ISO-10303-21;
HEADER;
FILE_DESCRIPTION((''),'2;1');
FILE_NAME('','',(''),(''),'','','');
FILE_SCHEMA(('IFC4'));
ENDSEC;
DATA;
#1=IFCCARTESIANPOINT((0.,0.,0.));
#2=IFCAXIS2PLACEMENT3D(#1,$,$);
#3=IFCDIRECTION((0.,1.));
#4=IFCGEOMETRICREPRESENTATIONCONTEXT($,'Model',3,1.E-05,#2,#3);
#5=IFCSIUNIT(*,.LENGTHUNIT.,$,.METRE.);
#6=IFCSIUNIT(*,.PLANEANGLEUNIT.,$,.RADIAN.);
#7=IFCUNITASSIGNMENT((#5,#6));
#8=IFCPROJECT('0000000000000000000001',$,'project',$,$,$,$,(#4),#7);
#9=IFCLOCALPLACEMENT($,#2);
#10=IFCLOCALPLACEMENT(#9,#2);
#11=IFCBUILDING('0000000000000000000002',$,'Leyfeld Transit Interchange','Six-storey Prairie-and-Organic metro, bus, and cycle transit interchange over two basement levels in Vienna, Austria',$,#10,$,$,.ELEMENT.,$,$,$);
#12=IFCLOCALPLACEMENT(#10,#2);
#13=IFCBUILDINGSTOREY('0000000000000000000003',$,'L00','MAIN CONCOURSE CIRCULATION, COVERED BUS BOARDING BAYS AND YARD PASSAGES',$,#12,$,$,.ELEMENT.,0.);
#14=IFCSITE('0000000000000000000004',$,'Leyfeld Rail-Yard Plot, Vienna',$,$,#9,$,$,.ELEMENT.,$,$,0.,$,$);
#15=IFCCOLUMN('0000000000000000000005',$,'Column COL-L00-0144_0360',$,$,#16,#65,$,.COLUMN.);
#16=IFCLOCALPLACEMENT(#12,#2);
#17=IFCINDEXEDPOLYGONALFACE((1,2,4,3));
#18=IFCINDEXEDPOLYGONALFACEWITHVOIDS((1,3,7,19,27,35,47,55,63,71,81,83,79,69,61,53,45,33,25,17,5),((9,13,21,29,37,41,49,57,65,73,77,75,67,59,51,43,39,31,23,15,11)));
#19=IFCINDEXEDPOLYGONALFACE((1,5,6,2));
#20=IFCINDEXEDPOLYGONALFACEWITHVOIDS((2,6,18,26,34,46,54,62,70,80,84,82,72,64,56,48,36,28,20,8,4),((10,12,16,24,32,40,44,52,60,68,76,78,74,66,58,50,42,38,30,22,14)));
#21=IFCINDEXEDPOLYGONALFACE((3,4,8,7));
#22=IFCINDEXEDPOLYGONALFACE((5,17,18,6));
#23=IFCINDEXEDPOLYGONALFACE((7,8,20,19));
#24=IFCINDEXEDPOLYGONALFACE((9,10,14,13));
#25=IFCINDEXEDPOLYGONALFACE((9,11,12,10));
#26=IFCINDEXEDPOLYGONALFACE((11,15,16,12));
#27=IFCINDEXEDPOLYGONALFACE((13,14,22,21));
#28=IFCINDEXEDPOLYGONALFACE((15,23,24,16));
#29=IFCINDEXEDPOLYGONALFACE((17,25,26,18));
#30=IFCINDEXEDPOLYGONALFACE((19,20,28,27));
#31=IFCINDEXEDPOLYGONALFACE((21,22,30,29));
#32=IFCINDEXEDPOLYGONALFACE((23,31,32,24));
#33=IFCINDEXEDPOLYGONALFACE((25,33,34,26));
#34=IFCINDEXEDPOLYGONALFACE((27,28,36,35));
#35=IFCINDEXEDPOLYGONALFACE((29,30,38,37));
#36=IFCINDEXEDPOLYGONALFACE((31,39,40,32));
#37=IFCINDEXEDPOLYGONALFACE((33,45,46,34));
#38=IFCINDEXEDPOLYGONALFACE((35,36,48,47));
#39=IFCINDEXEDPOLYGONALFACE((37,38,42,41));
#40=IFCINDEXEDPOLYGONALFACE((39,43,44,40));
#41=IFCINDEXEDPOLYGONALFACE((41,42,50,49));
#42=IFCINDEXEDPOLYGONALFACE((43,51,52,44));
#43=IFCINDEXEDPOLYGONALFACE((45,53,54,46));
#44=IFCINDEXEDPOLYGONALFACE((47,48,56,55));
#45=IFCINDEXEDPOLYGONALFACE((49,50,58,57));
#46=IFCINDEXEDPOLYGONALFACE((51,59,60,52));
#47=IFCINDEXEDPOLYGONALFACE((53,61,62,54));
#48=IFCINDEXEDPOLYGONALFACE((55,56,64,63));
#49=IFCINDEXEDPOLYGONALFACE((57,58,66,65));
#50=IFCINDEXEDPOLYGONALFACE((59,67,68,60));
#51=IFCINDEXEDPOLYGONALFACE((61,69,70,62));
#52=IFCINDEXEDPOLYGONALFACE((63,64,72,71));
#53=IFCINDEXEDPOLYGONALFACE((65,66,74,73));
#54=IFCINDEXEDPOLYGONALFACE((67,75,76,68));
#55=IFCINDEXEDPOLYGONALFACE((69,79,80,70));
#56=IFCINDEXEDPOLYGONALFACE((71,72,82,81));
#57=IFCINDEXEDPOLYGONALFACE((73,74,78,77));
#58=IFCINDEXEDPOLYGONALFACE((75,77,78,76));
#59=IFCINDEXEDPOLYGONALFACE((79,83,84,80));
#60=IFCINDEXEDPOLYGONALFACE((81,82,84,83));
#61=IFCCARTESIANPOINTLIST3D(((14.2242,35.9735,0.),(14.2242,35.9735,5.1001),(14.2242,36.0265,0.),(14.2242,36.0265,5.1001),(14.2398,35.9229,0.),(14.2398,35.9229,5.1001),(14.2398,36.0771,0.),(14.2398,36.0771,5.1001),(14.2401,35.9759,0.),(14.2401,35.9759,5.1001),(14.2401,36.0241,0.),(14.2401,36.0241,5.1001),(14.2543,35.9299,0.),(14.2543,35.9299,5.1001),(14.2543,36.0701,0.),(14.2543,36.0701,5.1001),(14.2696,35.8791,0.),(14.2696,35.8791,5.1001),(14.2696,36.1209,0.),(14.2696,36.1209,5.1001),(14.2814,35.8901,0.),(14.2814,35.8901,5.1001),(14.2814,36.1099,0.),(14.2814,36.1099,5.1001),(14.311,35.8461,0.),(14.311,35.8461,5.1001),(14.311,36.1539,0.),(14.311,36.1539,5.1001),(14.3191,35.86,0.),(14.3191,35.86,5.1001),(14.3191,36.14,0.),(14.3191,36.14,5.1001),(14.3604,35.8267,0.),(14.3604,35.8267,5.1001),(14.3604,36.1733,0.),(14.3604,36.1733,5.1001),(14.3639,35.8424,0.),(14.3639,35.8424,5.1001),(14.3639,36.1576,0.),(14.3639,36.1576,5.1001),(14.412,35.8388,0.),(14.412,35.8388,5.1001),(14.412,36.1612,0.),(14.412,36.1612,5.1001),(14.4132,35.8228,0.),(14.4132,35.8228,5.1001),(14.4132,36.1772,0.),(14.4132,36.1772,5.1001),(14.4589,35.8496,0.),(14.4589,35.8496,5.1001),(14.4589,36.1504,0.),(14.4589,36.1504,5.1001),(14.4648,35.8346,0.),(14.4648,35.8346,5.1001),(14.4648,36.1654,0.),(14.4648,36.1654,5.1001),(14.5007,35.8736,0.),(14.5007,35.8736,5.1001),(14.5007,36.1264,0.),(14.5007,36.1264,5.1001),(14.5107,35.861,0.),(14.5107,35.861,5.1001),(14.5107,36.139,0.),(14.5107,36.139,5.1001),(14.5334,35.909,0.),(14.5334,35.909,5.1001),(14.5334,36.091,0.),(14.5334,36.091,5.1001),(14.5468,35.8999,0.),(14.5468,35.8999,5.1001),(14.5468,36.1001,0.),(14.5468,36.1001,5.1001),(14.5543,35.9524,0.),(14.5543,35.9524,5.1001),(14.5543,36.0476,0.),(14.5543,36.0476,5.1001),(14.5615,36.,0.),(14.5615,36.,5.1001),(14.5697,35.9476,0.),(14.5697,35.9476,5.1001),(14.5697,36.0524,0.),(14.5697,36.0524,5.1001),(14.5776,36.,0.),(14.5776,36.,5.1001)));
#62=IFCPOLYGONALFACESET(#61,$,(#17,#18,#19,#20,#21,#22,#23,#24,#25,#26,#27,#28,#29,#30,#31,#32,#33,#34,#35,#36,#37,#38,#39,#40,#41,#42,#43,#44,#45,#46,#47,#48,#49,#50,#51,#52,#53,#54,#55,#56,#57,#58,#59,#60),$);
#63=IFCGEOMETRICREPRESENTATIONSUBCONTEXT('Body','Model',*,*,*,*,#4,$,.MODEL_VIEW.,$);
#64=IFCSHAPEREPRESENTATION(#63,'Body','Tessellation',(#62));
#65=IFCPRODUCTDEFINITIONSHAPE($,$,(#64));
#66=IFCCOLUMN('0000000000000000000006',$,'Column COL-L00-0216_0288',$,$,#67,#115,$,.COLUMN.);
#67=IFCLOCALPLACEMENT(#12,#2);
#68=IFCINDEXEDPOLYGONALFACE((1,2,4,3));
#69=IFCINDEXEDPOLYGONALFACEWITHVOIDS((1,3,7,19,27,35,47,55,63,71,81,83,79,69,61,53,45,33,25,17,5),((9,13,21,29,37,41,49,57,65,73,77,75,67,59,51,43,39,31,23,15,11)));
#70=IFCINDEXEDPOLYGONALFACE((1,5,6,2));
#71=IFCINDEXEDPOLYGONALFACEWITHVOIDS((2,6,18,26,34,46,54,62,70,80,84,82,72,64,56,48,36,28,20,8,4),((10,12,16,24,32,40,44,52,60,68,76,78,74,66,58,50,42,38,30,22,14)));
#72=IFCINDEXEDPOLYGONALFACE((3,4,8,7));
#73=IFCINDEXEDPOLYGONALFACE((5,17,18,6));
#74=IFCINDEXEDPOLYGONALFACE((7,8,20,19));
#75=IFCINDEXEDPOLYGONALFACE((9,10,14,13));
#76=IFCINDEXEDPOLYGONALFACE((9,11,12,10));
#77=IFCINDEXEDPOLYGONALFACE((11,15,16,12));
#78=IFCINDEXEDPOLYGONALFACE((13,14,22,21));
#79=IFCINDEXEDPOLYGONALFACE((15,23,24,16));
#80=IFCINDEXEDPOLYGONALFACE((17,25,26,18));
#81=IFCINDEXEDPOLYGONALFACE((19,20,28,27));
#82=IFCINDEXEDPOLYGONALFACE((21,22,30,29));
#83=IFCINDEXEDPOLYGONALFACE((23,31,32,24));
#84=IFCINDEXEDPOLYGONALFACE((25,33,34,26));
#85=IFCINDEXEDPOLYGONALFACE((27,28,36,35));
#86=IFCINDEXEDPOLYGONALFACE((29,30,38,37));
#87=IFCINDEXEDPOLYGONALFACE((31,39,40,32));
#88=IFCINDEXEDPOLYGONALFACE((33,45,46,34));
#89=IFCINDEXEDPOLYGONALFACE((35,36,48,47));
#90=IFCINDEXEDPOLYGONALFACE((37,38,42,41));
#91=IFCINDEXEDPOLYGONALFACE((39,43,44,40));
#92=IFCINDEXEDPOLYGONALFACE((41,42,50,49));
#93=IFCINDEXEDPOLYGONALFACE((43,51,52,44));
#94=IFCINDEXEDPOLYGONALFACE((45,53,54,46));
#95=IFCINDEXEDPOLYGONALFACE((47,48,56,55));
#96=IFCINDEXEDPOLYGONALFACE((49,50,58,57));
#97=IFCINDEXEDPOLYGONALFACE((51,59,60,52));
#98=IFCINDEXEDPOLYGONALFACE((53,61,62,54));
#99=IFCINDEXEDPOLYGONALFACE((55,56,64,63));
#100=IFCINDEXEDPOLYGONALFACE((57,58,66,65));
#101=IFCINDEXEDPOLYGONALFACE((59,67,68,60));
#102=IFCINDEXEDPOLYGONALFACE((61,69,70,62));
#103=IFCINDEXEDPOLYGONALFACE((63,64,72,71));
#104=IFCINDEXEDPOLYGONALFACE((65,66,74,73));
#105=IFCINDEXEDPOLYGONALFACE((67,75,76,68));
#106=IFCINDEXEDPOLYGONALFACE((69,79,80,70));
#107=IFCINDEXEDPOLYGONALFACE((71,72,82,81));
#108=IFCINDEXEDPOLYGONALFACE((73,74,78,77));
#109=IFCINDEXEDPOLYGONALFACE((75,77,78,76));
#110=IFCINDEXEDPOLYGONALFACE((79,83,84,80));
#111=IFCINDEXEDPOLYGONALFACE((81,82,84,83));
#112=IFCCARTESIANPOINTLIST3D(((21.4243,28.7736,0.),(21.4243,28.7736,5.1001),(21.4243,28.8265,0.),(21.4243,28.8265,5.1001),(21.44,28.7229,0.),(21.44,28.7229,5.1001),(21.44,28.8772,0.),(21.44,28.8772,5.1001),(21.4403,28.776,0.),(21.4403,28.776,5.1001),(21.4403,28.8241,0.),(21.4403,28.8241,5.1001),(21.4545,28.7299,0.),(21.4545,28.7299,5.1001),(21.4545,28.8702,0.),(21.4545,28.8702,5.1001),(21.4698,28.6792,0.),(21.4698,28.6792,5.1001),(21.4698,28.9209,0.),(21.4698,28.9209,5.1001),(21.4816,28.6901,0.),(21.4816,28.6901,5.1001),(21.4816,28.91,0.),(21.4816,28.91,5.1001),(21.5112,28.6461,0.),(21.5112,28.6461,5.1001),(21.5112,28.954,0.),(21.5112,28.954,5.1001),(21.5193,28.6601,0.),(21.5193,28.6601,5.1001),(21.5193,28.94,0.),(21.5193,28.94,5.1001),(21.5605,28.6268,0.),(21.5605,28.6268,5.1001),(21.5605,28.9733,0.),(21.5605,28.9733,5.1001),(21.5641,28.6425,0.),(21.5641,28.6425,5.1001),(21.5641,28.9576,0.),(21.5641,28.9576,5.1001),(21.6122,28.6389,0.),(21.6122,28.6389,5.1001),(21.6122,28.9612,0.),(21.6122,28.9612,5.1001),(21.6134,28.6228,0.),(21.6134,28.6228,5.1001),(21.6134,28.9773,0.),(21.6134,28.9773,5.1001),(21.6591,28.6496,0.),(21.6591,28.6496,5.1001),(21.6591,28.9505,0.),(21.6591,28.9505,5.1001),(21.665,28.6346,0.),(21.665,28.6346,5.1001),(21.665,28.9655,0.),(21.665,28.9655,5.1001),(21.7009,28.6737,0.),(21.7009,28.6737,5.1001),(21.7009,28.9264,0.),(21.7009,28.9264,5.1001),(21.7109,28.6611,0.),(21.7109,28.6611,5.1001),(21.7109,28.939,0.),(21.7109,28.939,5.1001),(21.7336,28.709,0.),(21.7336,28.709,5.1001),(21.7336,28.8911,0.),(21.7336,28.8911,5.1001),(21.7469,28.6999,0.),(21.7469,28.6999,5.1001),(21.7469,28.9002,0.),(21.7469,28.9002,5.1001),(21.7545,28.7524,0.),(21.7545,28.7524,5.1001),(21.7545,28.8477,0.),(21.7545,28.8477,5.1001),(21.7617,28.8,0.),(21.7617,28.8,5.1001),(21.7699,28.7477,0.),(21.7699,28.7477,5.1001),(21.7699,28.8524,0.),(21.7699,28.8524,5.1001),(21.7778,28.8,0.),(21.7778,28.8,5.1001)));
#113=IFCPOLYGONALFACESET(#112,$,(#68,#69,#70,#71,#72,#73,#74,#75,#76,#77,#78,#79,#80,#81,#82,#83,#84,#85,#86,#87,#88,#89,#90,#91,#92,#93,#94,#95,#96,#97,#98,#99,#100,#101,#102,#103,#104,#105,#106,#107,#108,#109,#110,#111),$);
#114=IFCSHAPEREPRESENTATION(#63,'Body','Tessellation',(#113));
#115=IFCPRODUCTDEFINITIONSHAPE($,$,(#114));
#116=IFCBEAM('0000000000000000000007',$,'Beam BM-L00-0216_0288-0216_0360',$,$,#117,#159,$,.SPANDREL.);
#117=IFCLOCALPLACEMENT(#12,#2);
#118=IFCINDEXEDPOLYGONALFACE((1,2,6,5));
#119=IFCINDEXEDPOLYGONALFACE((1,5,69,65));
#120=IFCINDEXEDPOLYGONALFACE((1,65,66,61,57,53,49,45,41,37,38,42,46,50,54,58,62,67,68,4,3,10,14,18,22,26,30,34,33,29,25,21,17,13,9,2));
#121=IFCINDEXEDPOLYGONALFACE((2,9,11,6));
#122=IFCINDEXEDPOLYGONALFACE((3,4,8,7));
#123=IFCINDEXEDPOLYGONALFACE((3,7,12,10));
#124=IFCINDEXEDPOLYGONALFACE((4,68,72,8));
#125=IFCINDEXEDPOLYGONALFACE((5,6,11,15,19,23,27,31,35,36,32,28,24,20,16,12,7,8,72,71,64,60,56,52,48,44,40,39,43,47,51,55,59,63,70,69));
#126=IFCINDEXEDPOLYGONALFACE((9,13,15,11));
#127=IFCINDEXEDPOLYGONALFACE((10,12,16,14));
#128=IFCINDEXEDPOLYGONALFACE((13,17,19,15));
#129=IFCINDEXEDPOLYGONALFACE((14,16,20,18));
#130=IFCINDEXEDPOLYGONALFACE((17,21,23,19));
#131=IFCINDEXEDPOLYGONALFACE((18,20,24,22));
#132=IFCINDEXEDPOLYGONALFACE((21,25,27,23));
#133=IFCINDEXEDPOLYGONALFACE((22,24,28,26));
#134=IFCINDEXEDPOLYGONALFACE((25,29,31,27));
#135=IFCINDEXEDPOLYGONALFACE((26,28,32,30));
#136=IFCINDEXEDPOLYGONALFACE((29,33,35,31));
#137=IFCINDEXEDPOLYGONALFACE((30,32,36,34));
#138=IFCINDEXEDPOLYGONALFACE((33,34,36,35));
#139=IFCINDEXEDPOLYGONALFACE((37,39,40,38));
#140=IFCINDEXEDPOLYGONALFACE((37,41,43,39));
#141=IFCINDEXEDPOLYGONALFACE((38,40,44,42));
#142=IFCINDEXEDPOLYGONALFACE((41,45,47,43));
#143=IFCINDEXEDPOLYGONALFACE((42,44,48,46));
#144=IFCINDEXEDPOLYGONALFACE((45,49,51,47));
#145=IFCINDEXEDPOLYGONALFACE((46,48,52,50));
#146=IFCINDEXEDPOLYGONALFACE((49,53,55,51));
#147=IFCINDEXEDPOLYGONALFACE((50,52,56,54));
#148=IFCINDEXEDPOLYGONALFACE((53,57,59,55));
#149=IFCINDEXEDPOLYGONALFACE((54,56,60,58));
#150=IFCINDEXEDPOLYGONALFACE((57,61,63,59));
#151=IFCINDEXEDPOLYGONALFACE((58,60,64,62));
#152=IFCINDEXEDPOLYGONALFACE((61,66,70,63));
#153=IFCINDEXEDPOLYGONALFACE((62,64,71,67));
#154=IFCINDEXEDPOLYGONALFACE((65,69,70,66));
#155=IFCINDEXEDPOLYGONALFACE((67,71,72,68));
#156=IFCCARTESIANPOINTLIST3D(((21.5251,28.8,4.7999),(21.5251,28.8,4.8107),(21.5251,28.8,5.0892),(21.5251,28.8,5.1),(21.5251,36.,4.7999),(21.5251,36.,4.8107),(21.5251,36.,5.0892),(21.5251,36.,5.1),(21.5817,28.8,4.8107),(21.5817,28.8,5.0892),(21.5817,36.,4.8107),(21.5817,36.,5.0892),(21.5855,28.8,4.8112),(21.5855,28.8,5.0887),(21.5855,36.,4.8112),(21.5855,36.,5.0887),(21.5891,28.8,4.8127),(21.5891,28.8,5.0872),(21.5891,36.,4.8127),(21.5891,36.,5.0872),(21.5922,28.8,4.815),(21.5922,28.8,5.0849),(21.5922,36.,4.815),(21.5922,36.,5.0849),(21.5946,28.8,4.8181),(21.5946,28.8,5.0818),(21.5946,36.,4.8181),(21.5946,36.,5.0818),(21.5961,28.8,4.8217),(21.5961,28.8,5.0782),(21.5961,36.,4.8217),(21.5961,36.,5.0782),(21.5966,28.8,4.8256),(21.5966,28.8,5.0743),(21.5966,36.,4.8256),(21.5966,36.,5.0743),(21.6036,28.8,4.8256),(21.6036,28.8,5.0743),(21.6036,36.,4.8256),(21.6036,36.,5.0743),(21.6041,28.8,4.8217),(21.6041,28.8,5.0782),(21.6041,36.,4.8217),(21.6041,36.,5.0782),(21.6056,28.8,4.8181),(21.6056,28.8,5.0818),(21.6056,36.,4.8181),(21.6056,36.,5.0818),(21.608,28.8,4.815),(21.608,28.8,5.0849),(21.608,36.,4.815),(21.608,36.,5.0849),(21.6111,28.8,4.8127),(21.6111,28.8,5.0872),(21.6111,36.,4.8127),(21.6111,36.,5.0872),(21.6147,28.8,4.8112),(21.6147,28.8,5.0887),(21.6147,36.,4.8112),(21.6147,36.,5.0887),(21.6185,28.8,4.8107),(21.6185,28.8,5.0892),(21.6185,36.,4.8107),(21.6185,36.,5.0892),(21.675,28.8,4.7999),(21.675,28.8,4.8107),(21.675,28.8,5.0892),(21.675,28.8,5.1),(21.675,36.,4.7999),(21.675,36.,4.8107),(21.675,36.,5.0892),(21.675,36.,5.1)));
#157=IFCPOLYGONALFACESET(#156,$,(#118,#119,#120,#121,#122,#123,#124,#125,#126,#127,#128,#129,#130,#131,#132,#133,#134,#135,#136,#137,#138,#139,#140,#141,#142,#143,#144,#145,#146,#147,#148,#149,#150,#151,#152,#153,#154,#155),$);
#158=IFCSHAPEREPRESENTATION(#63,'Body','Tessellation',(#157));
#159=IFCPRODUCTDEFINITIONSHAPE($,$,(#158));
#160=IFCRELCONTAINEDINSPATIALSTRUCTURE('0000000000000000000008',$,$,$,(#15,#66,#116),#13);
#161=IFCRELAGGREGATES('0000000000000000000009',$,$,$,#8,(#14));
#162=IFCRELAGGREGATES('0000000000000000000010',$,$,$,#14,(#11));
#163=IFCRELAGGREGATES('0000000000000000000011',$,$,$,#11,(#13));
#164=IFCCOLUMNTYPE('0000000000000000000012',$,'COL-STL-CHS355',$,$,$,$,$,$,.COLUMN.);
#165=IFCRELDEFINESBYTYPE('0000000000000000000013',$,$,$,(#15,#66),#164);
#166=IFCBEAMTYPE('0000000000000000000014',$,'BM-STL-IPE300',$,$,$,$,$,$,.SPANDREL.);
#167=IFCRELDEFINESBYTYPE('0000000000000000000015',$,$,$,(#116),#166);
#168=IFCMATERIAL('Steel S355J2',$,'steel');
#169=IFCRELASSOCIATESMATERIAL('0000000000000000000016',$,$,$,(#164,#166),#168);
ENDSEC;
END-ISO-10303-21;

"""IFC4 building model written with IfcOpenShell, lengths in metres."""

from ifc_helpers import new_model, si_unit, direction, frame, origin, origin_2d, place, context, subcontext, project, spatial, hollow_circle, i_section, extrude, material, material_profile, profile_set, type_object, element, save


model = new_model("IFC4")

# Units and contexts
model_context = context("Model", 3, precision=1e-05, world=origin(), true_north=direction((0.0, 1.0)))
body_context = subcontext(model_context, "Body", "Model", "MODEL_VIEW")
ifc_project = project(units=[si_unit("LENGTHUNIT", "METRE"), si_unit("PLANEANGLEUNIT", "RADIAN")], contexts=[model_context])

# Site, building, storey
site_placement = place(None, origin())
site = spatial("IfcSite", under=ifc_project, at=site_placement, Name="Leyfeld Rail-Yard Plot, Vienna", CompositionType="ELEMENT", RefElevation=0.0)
building_placement = place(site_placement, origin())
building = spatial("IfcBuilding", under=site, at=building_placement, Name="Leyfeld Transit Interchange", Description="Six-storey Prairie-and-Organic metro, bus, and cycle transit interchange over two basement levels in Vienna, Austria", CompositionType="ELEMENT")
storey_placement = place(building_placement, origin())
storey = spatial("IfcBuildingStorey", under=building, at=storey_placement, Name="L00", Description="MAIN CONCOURSE CIRCULATION, COVERED BUS BOARDING BAYS AND YARD PASSAGES", CompositionType="ELEMENT", Elevation=0.0)

# Columns
ifc_material_1 = material(Name="Steel S355J2", Category="steel")
ifc_material_profile_1 = material_profile(ifc_material_1, hollow_circle(Radius=0.1777, WallThickness=0.0161, at=origin_2d()), Name="CHS 355.6x16")
ifc_profile_set_1 = profile_set([ifc_material_profile_1], Name="Steel S355J2")
column_type = type_object("IfcColumnType", Name="COL-STL-CHS355", PredefinedType="COLUMN", material=ifc_profile_set_1)
for number, where, z_axis, x_axis, name in (
    (1, (14.3999, 36.0, 0.0), (0.0, 0.0, 1.0), (1.0, 0.0, 0.0), "Column COL-L00-0144_0360"),
    (2, (21.6001, 28.8, 0.0), (0.0, 0.0, 1.0), (1.0, 0.0, 0.0), "Column COL-L00-0216_0288"),
):
    element("IfcColumn", number, at=place(storey_placement, frame(where, z_axis=z_axis, x_axis=x_axis)), inside=storey, type_object=column_type, Name=name, PredefinedType="COLUMN", context=body_context, shape_type="SweptSolid", body=[
        extrude(hollow_circle(Radius=0.1777, WallThickness=0.0161, at=origin_2d()), origin(), (0.0, 0.0, 1.0), 5.1001),
    ])

# Beam
ifc_material_profile_2 = material_profile(ifc_material_1, i_section(OverallWidth=0.1499, OverallDepth=0.3, WebThickness=0.0071, FlangeThickness=0.0107, FilletRadius=0.0149, at=origin_2d()), Name="IPE 300")
ifc_profile_set_2 = profile_set([ifc_material_profile_2], Name="Steel S355J2")
beam_type_1 = type_object("IfcBeamType", Name="BM-STL-IPE300", PredefinedType="SPANDREL", material=ifc_profile_set_2)
beam_1_placement = place(storey_placement, frame((21.6001, 28.8, 4.95), z_axis=(0.0, 1.0, 0.0), x_axis=(-1.0, 0.0, 0.0)))
element("IfcBeam", 3, at=beam_1_placement, inside=storey, type_object=beam_type_1, Name="Beam BM-L00-0216_0288-0216_0360", PredefinedType="SPANDREL", context=body_context, shape_type="SweptSolid", body=[
    extrude(i_section(OverallWidth=0.1499, OverallDepth=0.3, WebThickness=0.0071, FlangeThickness=0.0107, FilletRadius=0.0149, at=origin_2d()), origin(), (0.0, 0.0, 1.0), 7.2),
])

save(model, "model.ifc")
